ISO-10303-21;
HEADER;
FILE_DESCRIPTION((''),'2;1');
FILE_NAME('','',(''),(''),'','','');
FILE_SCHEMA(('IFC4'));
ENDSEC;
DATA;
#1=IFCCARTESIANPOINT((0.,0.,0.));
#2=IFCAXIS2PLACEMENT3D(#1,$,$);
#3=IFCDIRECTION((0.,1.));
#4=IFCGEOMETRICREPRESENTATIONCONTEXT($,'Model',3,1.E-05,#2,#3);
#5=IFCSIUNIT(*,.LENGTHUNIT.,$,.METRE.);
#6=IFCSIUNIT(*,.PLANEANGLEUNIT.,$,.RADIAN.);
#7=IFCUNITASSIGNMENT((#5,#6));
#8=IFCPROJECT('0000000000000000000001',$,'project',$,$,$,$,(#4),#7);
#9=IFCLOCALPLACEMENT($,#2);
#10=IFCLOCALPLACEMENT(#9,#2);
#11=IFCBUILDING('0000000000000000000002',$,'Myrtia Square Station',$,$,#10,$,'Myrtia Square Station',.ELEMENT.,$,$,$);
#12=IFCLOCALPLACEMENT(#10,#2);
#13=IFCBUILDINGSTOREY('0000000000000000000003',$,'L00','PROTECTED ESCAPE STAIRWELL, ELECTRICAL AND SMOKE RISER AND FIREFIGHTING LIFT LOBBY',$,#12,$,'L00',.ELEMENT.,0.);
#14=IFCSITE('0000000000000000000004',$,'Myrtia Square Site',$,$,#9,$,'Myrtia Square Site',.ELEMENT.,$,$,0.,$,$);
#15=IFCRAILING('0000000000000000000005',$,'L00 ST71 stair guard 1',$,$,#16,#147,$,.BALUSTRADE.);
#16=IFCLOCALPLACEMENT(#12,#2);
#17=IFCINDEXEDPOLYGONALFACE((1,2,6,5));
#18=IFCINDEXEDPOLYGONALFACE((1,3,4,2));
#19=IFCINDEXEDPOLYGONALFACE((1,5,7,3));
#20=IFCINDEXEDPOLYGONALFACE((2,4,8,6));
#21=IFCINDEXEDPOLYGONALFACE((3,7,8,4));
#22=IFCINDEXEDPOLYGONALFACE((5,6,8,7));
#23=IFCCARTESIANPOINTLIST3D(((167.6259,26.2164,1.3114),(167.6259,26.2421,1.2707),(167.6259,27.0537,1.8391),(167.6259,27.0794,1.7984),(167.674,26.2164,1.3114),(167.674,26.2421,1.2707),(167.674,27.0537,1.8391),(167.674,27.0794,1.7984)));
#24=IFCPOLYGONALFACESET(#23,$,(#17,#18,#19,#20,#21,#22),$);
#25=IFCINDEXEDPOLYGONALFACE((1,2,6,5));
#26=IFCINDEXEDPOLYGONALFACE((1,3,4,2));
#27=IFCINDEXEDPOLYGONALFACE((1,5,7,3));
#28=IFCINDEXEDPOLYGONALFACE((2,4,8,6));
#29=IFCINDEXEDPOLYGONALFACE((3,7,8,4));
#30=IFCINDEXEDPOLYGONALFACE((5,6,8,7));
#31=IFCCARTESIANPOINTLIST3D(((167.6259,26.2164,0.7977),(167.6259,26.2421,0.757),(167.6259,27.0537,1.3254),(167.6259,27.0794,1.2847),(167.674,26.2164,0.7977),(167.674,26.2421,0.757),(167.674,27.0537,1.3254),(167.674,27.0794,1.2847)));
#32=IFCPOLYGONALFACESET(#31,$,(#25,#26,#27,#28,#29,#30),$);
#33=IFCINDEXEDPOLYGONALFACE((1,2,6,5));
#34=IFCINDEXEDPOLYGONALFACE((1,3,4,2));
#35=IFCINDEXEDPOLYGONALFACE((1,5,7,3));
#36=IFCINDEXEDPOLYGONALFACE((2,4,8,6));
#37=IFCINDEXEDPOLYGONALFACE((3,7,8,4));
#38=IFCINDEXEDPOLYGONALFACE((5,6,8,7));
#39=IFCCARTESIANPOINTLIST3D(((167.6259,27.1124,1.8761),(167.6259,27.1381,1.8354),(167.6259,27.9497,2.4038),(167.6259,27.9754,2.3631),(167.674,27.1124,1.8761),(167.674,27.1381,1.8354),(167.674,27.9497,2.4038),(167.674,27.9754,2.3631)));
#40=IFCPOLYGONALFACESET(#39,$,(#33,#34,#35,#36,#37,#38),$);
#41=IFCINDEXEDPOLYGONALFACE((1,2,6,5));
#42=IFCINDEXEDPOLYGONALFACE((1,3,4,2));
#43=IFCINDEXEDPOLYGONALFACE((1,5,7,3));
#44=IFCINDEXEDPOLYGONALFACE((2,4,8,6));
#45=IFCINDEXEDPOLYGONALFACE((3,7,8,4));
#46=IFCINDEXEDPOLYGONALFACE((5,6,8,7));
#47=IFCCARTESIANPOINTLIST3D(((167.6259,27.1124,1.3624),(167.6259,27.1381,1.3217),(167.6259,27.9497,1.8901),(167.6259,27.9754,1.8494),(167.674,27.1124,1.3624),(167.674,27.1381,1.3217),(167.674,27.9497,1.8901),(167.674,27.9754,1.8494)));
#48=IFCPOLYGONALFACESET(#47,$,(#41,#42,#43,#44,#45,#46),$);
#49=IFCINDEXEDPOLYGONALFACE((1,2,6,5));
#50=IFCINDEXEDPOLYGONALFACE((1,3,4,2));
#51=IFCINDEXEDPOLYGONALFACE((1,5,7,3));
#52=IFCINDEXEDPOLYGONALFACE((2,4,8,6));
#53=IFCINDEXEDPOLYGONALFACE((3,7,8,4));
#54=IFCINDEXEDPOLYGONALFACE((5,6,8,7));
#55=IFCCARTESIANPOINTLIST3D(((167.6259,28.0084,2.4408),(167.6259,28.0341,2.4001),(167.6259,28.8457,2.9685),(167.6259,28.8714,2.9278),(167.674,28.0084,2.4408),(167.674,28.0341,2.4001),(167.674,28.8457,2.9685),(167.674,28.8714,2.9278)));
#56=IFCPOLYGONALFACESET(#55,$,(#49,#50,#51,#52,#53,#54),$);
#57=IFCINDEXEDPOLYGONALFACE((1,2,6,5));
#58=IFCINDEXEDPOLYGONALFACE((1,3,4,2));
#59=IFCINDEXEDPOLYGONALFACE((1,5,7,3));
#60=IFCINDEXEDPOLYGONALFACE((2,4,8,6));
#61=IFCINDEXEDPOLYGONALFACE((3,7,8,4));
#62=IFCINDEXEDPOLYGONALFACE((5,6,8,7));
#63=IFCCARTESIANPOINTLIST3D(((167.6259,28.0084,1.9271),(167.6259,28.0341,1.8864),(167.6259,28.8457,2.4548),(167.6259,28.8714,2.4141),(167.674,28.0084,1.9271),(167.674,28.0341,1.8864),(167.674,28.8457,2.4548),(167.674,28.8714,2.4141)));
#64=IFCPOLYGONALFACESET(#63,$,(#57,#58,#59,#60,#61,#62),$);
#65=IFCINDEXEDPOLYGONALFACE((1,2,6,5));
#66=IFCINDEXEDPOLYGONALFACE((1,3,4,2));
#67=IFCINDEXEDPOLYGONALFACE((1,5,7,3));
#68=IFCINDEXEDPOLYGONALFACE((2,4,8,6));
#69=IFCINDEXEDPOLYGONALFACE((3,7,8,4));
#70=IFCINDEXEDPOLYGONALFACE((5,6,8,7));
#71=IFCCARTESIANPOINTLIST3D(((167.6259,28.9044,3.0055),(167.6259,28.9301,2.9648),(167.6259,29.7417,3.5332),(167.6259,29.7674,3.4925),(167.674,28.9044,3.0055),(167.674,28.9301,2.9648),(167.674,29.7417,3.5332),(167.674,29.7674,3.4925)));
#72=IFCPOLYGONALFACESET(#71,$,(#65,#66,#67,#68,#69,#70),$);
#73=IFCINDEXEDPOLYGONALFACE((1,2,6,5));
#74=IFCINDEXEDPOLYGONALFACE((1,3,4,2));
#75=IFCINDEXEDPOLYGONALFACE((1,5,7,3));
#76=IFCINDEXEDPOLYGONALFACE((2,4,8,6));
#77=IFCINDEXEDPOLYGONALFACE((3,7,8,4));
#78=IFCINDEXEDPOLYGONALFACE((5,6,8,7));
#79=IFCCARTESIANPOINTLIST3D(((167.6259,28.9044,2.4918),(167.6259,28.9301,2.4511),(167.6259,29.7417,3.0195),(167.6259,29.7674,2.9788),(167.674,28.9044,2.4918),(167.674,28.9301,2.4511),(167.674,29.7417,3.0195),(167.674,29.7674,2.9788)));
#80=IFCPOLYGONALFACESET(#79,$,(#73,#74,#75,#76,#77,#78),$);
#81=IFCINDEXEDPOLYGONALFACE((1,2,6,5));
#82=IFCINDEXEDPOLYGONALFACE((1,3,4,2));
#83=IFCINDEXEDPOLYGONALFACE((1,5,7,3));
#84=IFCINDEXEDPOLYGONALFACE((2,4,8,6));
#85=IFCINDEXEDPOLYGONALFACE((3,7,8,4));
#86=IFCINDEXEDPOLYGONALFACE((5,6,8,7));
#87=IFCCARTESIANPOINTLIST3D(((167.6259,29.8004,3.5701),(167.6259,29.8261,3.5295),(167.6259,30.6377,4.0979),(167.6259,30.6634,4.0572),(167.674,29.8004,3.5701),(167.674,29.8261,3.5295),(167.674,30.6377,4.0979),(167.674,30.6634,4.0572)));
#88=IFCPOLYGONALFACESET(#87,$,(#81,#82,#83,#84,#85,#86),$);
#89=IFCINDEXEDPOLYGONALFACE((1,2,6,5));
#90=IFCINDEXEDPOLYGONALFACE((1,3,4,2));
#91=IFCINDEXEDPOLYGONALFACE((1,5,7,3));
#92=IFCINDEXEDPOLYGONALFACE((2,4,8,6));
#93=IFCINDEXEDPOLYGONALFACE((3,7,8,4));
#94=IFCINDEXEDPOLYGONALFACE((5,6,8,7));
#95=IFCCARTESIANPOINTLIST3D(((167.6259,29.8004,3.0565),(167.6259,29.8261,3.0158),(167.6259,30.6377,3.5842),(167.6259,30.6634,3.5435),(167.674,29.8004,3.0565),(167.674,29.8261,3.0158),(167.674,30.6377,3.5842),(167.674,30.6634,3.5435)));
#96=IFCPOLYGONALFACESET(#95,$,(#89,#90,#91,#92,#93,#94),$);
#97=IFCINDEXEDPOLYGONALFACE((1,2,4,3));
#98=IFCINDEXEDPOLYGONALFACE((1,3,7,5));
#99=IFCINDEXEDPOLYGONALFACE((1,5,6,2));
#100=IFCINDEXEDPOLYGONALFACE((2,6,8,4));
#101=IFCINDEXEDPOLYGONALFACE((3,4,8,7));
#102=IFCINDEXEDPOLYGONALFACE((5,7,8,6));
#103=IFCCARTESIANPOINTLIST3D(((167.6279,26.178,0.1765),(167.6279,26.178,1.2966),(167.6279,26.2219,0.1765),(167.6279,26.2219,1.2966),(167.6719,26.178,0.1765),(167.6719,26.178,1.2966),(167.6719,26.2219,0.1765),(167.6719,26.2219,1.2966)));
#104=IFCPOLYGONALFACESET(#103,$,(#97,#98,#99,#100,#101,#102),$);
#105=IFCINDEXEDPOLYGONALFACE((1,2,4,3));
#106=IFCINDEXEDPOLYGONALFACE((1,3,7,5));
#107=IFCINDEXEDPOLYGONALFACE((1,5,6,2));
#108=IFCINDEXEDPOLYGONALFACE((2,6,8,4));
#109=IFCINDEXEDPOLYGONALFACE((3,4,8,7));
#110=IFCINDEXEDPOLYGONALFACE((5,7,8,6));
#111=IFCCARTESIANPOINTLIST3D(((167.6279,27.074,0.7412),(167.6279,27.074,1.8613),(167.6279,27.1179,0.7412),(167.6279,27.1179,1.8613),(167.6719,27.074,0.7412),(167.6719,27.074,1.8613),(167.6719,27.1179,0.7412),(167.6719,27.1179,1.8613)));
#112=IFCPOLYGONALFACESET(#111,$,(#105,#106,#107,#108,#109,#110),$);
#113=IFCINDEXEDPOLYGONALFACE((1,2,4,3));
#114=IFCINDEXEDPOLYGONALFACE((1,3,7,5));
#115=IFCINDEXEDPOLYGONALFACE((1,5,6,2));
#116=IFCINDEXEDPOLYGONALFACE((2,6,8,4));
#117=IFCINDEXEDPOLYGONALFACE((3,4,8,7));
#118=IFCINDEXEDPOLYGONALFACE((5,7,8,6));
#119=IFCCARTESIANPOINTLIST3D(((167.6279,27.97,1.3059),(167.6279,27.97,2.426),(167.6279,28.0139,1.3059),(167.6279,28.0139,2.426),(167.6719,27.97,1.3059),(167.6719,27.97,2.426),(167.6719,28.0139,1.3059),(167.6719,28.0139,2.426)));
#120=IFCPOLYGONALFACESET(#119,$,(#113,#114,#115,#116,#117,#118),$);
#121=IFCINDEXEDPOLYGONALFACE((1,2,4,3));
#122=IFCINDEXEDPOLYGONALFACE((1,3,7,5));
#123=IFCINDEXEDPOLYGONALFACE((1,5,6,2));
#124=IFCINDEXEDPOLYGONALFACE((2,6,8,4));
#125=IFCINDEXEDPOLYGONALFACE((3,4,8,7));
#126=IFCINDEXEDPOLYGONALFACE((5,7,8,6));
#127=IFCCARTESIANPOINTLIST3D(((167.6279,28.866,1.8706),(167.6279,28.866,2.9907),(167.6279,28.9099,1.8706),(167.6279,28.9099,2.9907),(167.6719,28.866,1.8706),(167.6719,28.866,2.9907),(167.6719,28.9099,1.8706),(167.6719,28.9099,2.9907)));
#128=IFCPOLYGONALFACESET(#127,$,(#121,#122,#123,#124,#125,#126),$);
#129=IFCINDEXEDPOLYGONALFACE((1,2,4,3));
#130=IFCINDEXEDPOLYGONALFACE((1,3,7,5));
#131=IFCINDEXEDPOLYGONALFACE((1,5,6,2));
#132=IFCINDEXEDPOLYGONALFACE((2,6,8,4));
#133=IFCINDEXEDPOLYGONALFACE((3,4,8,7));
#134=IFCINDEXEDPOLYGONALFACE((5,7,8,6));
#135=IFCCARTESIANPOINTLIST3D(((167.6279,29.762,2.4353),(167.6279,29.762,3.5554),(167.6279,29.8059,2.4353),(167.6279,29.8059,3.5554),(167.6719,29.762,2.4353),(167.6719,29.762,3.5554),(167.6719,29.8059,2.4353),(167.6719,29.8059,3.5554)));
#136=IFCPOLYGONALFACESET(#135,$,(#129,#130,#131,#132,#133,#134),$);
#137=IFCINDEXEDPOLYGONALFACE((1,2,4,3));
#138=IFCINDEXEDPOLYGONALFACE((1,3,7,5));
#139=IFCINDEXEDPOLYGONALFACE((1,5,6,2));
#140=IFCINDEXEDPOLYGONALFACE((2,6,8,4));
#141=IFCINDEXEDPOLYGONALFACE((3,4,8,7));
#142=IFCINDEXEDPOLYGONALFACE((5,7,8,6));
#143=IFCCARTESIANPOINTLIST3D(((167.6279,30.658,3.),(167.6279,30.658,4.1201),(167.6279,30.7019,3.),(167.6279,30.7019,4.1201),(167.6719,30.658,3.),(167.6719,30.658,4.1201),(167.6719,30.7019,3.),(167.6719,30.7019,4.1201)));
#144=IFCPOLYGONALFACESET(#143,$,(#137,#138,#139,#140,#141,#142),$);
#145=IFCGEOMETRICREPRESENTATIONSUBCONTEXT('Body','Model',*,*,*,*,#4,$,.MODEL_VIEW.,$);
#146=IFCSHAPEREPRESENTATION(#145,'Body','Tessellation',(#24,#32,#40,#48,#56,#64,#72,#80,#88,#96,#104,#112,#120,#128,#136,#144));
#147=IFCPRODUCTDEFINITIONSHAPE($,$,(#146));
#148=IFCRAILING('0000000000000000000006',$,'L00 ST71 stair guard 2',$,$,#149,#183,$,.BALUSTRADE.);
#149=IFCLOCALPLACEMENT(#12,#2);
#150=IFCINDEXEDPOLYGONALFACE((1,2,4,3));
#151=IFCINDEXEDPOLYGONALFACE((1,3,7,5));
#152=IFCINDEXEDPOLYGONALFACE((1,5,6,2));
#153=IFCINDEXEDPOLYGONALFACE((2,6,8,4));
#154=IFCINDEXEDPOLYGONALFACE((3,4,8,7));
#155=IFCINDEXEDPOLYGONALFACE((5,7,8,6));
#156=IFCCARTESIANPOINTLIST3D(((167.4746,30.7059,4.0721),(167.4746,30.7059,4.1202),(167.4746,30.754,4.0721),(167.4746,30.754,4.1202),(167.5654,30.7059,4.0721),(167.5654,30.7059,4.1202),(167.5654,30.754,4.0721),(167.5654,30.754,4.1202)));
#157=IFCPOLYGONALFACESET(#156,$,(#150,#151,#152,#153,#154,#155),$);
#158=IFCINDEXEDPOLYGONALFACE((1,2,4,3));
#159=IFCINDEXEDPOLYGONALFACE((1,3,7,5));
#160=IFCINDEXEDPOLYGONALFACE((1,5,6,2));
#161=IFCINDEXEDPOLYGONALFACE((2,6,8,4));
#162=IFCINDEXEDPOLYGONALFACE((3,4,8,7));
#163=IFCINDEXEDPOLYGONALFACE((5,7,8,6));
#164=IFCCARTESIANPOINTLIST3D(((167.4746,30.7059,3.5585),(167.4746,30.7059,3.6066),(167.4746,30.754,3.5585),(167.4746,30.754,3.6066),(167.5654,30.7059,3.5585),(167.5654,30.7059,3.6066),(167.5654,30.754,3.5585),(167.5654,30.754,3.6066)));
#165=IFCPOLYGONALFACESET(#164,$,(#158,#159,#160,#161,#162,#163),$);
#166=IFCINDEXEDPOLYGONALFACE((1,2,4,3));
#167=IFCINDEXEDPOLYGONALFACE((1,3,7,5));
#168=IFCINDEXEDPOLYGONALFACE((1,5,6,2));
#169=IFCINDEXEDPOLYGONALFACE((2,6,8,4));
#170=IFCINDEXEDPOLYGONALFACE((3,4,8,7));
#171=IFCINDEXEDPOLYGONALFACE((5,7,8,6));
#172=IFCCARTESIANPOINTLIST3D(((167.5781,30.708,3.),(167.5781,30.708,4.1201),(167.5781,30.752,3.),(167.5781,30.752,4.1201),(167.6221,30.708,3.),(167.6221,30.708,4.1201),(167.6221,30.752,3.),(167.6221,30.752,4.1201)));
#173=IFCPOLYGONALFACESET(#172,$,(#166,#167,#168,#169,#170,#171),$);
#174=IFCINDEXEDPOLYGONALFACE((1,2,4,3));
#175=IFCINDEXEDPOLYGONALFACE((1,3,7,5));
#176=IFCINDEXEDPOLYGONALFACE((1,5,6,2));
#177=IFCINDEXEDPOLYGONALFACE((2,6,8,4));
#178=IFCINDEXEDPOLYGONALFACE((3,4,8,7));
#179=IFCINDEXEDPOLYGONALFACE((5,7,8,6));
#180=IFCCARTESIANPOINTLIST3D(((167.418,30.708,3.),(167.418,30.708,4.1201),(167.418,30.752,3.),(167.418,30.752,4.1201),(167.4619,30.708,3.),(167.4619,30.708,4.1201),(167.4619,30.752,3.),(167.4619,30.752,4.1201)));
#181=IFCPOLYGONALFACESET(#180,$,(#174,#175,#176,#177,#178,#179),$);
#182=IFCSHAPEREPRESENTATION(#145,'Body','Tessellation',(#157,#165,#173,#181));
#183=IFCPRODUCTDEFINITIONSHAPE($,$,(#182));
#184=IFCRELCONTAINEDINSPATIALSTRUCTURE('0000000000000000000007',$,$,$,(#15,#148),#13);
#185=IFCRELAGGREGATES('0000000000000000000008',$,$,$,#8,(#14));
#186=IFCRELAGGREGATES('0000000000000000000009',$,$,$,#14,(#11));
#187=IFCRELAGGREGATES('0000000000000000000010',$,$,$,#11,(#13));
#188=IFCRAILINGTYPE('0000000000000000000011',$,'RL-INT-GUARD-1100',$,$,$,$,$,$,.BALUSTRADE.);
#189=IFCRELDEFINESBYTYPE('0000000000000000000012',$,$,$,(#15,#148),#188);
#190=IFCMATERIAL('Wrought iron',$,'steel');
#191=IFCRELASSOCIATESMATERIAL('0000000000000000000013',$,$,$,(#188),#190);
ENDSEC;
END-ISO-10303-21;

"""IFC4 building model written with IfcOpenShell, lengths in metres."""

from ifc_helpers import new_model, si_unit, direction, frame, origin, origin_2d, place, context, subcontext, project, spatial, rectangle, extrude, material, type_object, element, save


model = new_model("IFC4")

# Units and contexts
model_context = context("Model", 3, precision=1e-05, world=origin(), true_north=direction((0.0, 1.0)))
body_context = subcontext(model_context, "Body", "Model", "MODEL_VIEW")
ifc_project = project(units=[si_unit("LENGTHUNIT", "METRE"), si_unit("PLANEANGLEUNIT", "RADIAN")], contexts=[model_context])

# Site, building, storey
site_placement = place(None, origin())
site = spatial("IfcSite", under=ifc_project, at=site_placement, Name="Myrtia Square Site", LongName="Myrtia Square Site", CompositionType="ELEMENT", RefElevation=0.0)
building_placement = place(site_placement, origin())
building = spatial("IfcBuilding", under=site, at=building_placement, Name="Myrtia Square Station", LongName="Myrtia Square Station", CompositionType="ELEMENT")
storey_placement = place(building_placement, origin())
storey = spatial("IfcBuildingStorey", under=building, at=storey_placement, Name="L00", Description="PROTECTED ESCAPE STAIRWELL, ELECTRICAL AND SMOKE RISER AND FIREFIGHTING LIFT LOBBY", LongName="L00", CompositionType="ELEMENT", Elevation=0.0)

# Railings
ifc_material_1 = material(Name="Wrought iron", Category="steel")
railing_type_1 = type_object("IfcRailingType", Name="RL-INT-GUARD-1100", PredefinedType="BALUSTRADE", material=ifc_material_1)
railing_1_placement = place(storey_placement, frame((167.6499, 26.2, 0.1765)))
element("IfcRailing", 1, at=railing_1_placement, inside=storey, type_object=railing_type_1, Name="L00 ST71 stair guard 1", PredefinedType="BALUSTRADE", context=body_context, shape_type="SweptSolid", body=[
    extrude(rectangle(XDim=0.0481, YDim=0.0481, at=origin_2d()), frame((0.0, 0.0293, 1.1145), z_axis=(0.0, 0.845998, 0.533186), x_axis=(-1.0, 0.0, 0.0)), (0.0, 0.0, 1.0), 0.9897),
    extrude(rectangle(XDim=0.0481, YDim=0.0481, at=origin_2d()), frame((0.0, 0.0293, 0.6008), z_axis=(0.0, 0.845998, 0.533186), x_axis=(-1.0, 0.0, 0.0)), (0.0, 0.0, 1.0), 0.9897),
    extrude(rectangle(XDim=0.0481, YDim=0.0481, at=origin_2d()), frame((0.0, 0.9253, 1.6792), z_axis=(0.0, 0.845998, 0.533186), x_axis=(-1.0, 0.0, 0.0)), (0.0, 0.0, 1.0), 0.9897),
    extrude(rectangle(XDim=0.0481, YDim=0.0481, at=origin_2d()), frame((0.0, 0.9253, 1.1655), z_axis=(0.0, 0.845998, 0.533186), x_axis=(-1.0, 0.0, 0.0)), (0.0, 0.0, 1.0), 0.9897),
    extrude(rectangle(XDim=0.0481, YDim=0.0481, at=origin_2d()), frame((0.0, 1.8213, 2.2439), z_axis=(0.0, 0.845998, 0.533186), x_axis=(-1.0, 0.0, 0.0)), (0.0, 0.0, 1.0), 0.9897),
    extrude(rectangle(XDim=0.0481, YDim=0.0481, at=origin_2d()), frame((0.0, 1.8213, 1.7302), z_axis=(0.0, 0.845998, 0.533186), x_axis=(-1.0, 0.0, 0.0)), (0.0, 0.0, 1.0), 0.9897),
    extrude(rectangle(XDim=0.0481, YDim=0.0481, at=origin_2d()), frame((0.0, 2.7173, 2.8086), z_axis=(0.0, 0.845998, 0.533186), x_axis=(-1.0, 0.0, 0.0)), (0.0, 0.0, 1.0), 0.9897),
    extrude(rectangle(XDim=0.0481, YDim=0.0481, at=origin_2d()), frame((0.0, 2.7173, 2.2949), z_axis=(0.0, 0.845998, 0.533186), x_axis=(-1.0, 0.0, 0.0)), (0.0, 0.0, 1.0), 0.9897),
    extrude(rectangle(XDim=0.0481, YDim=0.0481, at=origin_2d()), frame((0.0, 3.6133, 3.3733), z_axis=(0.0, 0.845998, 0.533186), x_axis=(-1.0, 0.0, 0.0)), (0.0, 0.0, 1.0), 0.9897),
    extrude(rectangle(XDim=0.0481, YDim=0.0481, at=origin_2d()), frame((0.0, 3.6133, 2.8596), z_axis=(0.0, 0.845998, 0.533186), x_axis=(-1.0, 0.0, 0.0)), (0.0, 0.0, 1.0), 0.9897),
    extrude(rectangle(XDim=0.0439, YDim=0.0439, at=origin_2d()), origin(), (0.0, 0.0, 1.0), 1.1201),
    extrude(rectangle(XDim=0.0439, YDim=0.0439, at=origin_2d()), frame((0.0, 0.896, 0.5647)), (0.0, 0.0, 1.0), 1.1201),
    extrude(rectangle(XDim=0.0439, YDim=0.0439, at=origin_2d()), frame((0.0, 1.792, 1.1294)), (0.0, 0.0, 1.0), 1.1201),
    extrude(rectangle(XDim=0.0439, YDim=0.0439, at=origin_2d()), frame((0.0, 2.688, 1.6941)), (0.0, 0.0, 1.0), 1.1201),
    extrude(rectangle(XDim=0.0439, YDim=0.0439, at=origin_2d()), frame((0.0, 3.584, 2.2588)), (0.0, 0.0, 1.0), 1.1201),
    extrude(rectangle(XDim=0.0439, YDim=0.0439, at=origin_2d()), frame((0.0, 4.48, 2.8235)), (0.0, 0.0, 1.0), 1.1201),
])
railing_2_placement = place(storey_placement, frame((167.6001, 30.73, 3.0)))
element("IfcRailing", 2, at=railing_2_placement, inside=storey, type_object=railing_type_1, Name="L00 ST71 stair guard 2", PredefinedType="BALUSTRADE", context=body_context, shape_type="SweptSolid", body=[
    extrude(rectangle(XDim=0.0481, YDim=0.0481, at=origin_2d()), frame((-0.0347, 0.0, 1.0962), z_axis=(-1.0, 0.0, 0.0), x_axis=(0.0, -1.0, 0.0)), (0.0, 0.0, 1.0), 0.0908),
    extrude(rectangle(XDim=0.0481, YDim=0.0481, at=origin_2d()), frame((-0.0347, 0.0, 0.5825), z_axis=(-1.0, 0.0, 0.0), x_axis=(0.0, -1.0, 0.0)), (0.0, 0.0, 1.0), 0.0908),
    extrude(rectangle(XDim=0.0439, YDim=0.0439, at=origin_2d()), origin(), (0.0, 0.0, 1.0), 1.1201),
    extrude(rectangle(XDim=0.0439, YDim=0.0439, at=origin_2d()), frame((-0.1602, 0.0, 0.0)), (0.0, 0.0, 1.0), 1.1201),
])

save(model, "model.ifc")
